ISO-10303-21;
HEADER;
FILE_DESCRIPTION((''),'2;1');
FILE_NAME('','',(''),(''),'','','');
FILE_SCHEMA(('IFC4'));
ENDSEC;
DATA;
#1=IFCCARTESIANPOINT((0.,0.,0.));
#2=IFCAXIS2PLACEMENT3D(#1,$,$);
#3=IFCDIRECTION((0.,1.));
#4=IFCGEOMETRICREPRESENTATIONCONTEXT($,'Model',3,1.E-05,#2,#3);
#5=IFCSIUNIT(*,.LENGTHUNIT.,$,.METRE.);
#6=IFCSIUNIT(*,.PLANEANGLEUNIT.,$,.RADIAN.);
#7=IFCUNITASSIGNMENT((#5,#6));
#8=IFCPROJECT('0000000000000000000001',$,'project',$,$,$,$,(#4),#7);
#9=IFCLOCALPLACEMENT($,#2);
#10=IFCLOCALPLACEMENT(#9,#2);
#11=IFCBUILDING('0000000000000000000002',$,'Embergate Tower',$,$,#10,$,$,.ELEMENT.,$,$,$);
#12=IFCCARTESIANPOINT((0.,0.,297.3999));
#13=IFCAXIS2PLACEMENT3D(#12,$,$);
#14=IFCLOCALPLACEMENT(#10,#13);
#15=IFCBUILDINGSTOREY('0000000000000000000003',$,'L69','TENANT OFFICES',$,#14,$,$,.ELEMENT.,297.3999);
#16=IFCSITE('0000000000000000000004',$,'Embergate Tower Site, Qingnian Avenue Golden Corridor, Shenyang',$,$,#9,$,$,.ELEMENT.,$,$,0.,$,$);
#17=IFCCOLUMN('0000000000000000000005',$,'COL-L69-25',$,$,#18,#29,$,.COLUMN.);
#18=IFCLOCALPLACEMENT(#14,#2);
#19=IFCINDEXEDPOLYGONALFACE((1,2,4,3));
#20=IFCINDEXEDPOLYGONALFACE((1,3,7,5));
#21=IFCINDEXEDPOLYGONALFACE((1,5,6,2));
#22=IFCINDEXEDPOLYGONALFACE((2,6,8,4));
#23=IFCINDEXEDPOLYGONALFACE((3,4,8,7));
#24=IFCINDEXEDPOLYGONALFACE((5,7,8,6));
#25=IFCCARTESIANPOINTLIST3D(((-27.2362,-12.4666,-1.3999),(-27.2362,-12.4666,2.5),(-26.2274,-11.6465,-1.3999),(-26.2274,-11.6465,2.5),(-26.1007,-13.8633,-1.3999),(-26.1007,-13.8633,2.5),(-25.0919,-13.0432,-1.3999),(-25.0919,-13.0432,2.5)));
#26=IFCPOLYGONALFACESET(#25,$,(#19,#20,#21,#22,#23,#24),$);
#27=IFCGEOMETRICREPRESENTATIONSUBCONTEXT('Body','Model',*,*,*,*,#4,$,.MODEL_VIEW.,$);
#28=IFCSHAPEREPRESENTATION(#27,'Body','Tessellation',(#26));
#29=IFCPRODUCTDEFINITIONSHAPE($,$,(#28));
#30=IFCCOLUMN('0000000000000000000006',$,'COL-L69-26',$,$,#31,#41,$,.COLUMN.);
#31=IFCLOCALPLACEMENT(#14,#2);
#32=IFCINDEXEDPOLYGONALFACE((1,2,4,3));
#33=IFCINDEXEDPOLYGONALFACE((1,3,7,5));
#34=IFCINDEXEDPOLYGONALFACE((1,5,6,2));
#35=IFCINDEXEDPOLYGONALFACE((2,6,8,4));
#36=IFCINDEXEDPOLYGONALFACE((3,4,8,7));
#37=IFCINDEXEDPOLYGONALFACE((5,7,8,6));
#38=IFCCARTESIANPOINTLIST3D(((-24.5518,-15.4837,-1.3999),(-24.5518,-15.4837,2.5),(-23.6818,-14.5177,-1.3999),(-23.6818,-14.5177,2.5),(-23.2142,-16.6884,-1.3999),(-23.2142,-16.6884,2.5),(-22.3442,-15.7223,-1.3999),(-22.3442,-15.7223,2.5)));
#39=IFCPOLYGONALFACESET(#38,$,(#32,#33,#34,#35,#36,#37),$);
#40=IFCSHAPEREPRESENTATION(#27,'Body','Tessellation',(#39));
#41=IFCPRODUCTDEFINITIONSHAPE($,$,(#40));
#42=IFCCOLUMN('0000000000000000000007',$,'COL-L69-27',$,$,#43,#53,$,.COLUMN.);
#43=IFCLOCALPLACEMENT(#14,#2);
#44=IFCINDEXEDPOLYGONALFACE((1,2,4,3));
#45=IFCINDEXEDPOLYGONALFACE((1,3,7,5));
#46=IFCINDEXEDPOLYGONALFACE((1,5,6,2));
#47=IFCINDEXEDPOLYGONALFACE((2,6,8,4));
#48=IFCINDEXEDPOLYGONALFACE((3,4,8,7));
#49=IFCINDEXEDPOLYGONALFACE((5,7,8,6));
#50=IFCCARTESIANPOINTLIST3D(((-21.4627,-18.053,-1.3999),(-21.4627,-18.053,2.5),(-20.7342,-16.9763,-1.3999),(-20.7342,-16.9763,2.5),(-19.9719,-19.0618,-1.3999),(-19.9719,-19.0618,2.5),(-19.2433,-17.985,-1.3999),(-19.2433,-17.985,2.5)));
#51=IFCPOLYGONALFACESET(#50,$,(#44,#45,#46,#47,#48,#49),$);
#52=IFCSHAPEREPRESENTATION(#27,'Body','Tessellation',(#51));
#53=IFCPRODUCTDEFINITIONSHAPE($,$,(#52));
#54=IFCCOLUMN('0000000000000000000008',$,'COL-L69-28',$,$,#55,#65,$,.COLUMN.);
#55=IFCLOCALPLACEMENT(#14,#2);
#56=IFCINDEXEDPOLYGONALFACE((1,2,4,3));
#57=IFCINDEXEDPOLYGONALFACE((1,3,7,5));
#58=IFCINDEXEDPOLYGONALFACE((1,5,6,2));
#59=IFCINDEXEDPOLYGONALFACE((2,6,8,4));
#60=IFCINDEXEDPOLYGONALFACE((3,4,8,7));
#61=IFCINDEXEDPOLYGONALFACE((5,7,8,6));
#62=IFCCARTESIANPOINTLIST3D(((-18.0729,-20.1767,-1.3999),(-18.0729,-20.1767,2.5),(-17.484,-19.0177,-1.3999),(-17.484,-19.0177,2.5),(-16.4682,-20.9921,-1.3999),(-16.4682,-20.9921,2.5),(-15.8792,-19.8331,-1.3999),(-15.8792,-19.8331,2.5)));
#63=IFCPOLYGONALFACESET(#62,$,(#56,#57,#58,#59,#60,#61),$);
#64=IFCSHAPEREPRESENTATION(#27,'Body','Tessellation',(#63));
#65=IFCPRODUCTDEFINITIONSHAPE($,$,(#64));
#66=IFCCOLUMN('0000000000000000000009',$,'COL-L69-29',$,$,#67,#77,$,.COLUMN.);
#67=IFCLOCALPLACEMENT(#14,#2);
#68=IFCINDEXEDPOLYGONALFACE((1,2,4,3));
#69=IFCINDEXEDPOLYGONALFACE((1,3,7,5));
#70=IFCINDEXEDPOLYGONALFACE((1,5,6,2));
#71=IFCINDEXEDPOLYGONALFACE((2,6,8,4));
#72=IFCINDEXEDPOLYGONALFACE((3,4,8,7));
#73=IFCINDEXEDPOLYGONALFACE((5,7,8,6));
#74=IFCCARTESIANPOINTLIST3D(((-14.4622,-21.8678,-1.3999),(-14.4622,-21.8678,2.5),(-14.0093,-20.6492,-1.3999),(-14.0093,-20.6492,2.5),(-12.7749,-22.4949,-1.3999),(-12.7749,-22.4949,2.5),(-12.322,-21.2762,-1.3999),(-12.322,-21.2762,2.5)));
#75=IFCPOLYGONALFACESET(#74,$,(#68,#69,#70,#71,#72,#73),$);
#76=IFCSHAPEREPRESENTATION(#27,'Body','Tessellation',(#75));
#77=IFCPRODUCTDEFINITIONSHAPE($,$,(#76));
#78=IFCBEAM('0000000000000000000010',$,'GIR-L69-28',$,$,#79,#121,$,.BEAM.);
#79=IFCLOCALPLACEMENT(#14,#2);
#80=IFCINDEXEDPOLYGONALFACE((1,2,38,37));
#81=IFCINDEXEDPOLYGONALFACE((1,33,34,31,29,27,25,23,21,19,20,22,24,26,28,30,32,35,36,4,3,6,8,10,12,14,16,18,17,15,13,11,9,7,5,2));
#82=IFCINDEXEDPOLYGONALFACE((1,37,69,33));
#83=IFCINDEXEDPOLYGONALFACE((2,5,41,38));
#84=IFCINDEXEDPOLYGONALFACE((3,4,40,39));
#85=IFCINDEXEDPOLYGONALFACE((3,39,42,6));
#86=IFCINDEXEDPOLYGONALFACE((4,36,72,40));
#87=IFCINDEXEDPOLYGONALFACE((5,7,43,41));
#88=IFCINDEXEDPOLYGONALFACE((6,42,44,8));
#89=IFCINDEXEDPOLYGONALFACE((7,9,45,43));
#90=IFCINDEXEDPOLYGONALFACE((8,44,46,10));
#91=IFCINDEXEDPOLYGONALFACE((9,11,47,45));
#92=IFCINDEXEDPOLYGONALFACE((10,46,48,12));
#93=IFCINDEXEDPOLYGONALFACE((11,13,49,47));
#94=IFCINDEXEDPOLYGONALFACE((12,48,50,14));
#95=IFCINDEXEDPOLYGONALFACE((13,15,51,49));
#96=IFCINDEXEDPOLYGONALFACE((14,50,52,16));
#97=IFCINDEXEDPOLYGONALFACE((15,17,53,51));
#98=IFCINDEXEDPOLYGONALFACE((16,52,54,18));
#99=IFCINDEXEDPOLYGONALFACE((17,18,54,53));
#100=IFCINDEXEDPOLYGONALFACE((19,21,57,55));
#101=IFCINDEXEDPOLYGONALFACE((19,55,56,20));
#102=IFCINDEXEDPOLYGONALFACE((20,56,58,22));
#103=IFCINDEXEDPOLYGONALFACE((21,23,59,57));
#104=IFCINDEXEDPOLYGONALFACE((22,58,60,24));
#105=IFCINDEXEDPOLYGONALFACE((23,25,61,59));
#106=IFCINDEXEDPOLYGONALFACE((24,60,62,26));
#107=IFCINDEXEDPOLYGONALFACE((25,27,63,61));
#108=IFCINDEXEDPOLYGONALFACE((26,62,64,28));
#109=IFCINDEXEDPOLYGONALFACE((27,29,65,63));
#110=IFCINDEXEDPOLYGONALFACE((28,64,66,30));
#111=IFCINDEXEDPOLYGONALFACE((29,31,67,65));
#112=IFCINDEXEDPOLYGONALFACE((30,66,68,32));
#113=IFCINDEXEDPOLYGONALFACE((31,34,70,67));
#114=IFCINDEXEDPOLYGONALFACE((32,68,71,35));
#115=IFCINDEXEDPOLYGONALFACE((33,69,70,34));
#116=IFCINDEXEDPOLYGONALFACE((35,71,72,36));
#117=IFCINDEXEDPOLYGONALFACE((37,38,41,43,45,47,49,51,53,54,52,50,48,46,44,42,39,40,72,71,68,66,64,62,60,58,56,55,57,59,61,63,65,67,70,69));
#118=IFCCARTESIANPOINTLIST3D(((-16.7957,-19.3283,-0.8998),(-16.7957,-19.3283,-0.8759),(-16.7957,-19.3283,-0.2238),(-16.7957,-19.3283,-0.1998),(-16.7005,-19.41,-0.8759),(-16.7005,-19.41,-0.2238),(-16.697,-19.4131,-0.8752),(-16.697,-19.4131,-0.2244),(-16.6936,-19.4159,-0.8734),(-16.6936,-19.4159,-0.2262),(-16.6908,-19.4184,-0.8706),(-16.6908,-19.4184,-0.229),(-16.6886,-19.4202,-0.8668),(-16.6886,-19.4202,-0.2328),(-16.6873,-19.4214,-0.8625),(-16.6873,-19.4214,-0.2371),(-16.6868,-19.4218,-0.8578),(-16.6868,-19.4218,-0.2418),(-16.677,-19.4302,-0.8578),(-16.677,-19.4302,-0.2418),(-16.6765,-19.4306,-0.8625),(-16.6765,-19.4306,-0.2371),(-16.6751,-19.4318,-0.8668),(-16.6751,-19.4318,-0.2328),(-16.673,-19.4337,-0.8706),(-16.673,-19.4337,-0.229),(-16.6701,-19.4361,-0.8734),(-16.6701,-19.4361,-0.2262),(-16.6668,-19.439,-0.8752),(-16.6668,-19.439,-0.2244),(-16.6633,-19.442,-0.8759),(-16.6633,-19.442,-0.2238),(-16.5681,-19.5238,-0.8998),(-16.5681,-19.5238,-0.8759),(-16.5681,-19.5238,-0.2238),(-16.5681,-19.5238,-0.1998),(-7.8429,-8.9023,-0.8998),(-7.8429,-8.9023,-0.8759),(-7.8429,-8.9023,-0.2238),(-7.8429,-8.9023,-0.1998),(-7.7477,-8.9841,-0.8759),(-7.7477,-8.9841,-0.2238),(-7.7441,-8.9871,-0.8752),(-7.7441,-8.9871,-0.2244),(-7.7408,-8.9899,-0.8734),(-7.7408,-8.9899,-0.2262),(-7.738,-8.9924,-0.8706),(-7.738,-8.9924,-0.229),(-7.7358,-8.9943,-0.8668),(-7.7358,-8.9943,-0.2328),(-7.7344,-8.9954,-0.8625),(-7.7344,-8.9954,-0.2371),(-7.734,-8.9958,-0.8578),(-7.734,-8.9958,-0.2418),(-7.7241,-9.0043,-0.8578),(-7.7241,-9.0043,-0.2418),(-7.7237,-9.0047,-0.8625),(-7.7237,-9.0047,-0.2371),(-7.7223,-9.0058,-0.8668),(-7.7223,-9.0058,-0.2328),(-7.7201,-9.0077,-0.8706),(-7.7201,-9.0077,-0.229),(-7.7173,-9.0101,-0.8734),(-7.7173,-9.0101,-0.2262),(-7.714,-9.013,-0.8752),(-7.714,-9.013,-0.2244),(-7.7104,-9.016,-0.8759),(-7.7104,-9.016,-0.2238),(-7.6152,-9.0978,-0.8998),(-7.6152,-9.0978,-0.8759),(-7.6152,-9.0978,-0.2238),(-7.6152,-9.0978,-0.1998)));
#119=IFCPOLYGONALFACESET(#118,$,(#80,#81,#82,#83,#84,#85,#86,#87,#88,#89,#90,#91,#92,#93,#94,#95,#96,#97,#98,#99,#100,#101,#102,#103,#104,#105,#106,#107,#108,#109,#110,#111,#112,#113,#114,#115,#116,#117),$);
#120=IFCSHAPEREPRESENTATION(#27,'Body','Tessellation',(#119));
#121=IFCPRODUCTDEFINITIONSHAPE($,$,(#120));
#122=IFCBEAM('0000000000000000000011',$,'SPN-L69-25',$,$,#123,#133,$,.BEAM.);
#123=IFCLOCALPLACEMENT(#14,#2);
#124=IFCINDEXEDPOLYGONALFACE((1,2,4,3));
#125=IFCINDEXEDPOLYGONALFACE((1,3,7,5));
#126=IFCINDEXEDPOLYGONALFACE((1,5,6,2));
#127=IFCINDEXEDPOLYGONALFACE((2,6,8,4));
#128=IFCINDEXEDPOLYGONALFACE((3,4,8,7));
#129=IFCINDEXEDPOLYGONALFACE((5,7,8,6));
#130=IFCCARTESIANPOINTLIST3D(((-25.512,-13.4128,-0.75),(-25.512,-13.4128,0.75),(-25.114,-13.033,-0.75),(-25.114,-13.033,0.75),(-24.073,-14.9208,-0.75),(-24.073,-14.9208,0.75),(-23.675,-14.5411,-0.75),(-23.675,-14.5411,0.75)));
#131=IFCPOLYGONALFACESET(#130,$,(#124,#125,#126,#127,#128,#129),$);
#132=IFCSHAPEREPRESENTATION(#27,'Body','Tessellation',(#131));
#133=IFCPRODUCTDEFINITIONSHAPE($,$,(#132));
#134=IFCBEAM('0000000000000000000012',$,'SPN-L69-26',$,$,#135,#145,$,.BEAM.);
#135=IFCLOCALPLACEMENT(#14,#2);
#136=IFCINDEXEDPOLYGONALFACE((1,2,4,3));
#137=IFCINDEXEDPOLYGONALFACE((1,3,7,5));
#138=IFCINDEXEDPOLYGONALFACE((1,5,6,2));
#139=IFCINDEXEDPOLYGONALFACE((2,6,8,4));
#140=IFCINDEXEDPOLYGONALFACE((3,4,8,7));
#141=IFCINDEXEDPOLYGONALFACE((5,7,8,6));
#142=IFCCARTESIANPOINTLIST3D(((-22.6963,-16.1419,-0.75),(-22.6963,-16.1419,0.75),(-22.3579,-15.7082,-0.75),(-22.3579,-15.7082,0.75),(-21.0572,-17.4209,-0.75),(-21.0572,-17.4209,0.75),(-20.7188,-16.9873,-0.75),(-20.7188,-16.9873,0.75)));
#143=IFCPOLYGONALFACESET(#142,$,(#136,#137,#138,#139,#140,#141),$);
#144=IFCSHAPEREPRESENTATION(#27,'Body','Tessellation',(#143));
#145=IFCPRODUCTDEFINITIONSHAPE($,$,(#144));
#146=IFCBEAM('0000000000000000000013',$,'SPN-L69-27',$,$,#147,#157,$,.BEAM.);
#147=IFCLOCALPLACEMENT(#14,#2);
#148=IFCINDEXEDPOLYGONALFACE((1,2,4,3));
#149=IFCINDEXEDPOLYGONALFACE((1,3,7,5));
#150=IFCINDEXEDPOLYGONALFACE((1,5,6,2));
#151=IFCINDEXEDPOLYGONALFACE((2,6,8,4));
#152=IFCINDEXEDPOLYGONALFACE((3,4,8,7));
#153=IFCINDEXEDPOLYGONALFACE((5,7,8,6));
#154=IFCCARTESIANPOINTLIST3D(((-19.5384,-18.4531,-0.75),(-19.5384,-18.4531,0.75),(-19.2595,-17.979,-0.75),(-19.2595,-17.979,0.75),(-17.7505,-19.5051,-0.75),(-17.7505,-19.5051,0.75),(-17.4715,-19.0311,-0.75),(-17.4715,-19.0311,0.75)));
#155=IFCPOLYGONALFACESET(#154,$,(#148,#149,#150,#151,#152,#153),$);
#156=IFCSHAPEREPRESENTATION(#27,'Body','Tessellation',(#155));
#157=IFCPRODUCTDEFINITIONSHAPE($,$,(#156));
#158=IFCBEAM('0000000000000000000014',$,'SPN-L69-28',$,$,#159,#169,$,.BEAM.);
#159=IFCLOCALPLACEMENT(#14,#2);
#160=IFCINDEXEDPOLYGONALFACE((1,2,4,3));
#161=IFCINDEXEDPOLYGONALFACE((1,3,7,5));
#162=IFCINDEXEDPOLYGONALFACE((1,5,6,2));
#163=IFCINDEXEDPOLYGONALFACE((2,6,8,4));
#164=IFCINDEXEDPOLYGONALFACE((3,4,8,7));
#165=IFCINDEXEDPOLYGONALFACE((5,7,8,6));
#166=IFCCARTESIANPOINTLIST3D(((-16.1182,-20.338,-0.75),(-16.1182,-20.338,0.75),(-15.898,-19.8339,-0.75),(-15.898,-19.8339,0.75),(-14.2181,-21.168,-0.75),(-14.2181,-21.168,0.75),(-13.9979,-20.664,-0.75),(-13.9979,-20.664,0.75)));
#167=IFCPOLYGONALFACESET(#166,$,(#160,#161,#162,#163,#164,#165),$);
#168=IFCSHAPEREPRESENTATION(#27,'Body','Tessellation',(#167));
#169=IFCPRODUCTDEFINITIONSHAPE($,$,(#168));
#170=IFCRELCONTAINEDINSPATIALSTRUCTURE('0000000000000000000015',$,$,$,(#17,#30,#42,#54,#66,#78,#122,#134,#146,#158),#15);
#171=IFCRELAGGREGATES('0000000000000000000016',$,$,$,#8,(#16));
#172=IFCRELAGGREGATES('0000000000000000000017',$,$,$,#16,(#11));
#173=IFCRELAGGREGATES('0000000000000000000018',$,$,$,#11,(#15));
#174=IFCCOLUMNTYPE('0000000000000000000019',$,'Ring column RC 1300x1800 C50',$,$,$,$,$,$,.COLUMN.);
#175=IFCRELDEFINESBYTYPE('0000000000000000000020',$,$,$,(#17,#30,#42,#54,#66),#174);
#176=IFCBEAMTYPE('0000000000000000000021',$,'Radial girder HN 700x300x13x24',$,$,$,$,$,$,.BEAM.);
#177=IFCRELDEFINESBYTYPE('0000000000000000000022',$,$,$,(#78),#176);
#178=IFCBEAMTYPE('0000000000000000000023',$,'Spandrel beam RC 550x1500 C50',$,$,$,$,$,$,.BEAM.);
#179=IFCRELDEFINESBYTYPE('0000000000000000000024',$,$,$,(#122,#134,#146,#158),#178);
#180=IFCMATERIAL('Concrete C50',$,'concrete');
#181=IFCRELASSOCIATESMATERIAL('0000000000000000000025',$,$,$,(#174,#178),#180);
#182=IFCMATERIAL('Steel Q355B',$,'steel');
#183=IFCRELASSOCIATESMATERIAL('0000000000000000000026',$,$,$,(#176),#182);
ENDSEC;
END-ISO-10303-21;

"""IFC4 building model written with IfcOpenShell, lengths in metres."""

from ifc_helpers import new_model, si_unit, direction, frame, origin, origin_2d, place, context, subcontext, project, spatial, rectangle, i_section, extrude, source, transform, mapped, material, material_profile, profile_set, type_object, element, save


model = new_model("IFC4")

# Units and contexts
model_context = context("Model", 3, precision=1e-05, world=origin(), true_north=direction((0.0, 1.0)))
body_context = subcontext(model_context, "Body", "Model", "MODEL_VIEW")
ifc_project = project(units=[si_unit("LENGTHUNIT", "METRE"), si_unit("PLANEANGLEUNIT", "RADIAN")], contexts=[model_context])

# Site, building, storey
site_placement = place(None, origin())
site = spatial("IfcSite", under=ifc_project, at=site_placement, Name="Embergate Tower Site, Qingnian Avenue Golden Corridor, Shenyang", CompositionType="ELEMENT", RefElevation=0.0)
building_placement = place(site_placement, origin())
building = spatial("IfcBuilding", under=site, at=building_placement, Name="Embergate Tower", CompositionType="ELEMENT")
storey_placement = place(building_placement, frame((0.0, 0.0, 297.3999)))
storey = spatial("IfcBuildingStorey", under=building, at=storey_placement, Name="L69", Description="TENANT OFFICES", CompositionType="ELEMENT", Elevation=297.3999)

# Columns
ifc_material_1 = material(Name="Concrete C50", Category="concrete")
ifc_material_profile_1 = material_profile(ifc_material_1, rectangle(XDim=1.3, YDim=1.8, at=origin_2d()), Name="RC 1300x1800")
ifc_profile_set_1 = profile_set([ifc_material_profile_1], Name="Concrete C50")
column_type = type_object("IfcColumnType", Name="Ring column RC 1300x1800 C50", PredefinedType="COLUMN", material=ifc_profile_set_1)
shared_shape_1 = source(origin(), body_context, "Body", "SweptSolid", [
    extrude(rectangle(XDim=1.3, YDim=1.8, at=origin_2d()), origin(), (0.0, 0.0, 1.0), 3.8999),
])
for number, where, z_axis, x_axis, name in (
    (1, (-26.1641, -12.7549, -1.3999), (0.0, 0.0, 1.0), (-0.775925, -0.630825, 0.0), "COL-L69-25"),
    (2, (-23.448, -15.603, -1.3999), (0.0, 0.0, 1.0), (-0.669221, -0.743063, 0.0), "COL-L69-26"),
    (3, (-20.353, -18.019, -1.3999), (0.0, 0.0, 1.0), (-0.560393, -0.828227, 0.0), "COL-L69-27"),
    (4, (-16.9761, -20.0049, -1.3999), (0.0, 0.0, 1.0), (-0.453011, -0.891505, 0.0), "COL-L69-28"),
    (5, (-13.3921, -21.572, -1.3999), (0.0, 0.0, 1.0), (-0.348343, -0.937367, 0.0), "COL-L69-29"),
):
    element("IfcColumn", number, at=place(storey_placement, frame(where, z_axis=z_axis, x_axis=x_axis)), inside=storey, type_object=column_type, Name=name, PredefinedType="COLUMN", context=body_context, shape_type="MappedRepresentation", body=[
        mapped(shared_shape_1, transform((0.0, 0.0, 0.0))),
    ])

# Beams
ifc_material_2 = material(Name="Steel Q355B", Category="steel")
ifc_material_profile_2 = material_profile(ifc_material_2, i_section(OverallWidth=0.3, OverallDepth=0.7, WebThickness=0.0129, FlangeThickness=0.0239, FilletRadius=0.0181, at=origin_2d()), Name="HN 700x300x13x24")
ifc_profile_set_2 = profile_set([ifc_material_profile_2], Name="Steel Q355 grade B")
beam_type_1 = type_object("IfcBeamType", Name="Radial girder HN 700x300x13x24", PredefinedType="BEAM", material=ifc_profile_set_2)
shared_shape_2 = source(origin(), body_context, "Body", "SweptSolid", [
    extrude(i_section(OverallWidth=0.3, OverallDepth=0.7, WebThickness=0.0129, FlangeThickness=0.0239, FilletRadius=0.0181, at=origin_2d()), origin(), (0.0, 0.0, 1.0), 13.7424),
])
beam_1_placement = place(storey_placement, frame((-16.6819, -19.426, -0.5498), z_axis=(0.651474, 0.758671, 0.0), x_axis=(-0.758671, 0.651474, 0.0)))
element("IfcBeam", 6, at=beam_1_placement, inside=storey, type_object=beam_type_1, Name="GIR-L69-28", PredefinedType="BEAM", context=body_context, shape_type="MappedRepresentation", body=[
    mapped(shared_shape_2, transform((0.0, 0.0, 0.0))),
])
ifc_material_profile_3 = material_profile(ifc_material_1, rectangle(XDim=0.55, YDim=1.5, at=origin_2d()), Name="RC 550x1500")
ifc_profile_set_3 = profile_set([ifc_material_profile_3], Name="Concrete C50")
beam_type_2 = type_object("IfcBeamType", Name="Spandrel beam RC 550x1500 C50", PredefinedType="BEAM", material=ifc_profile_set_3)
shared_shape_3 = source(origin(), body_context, "Body", "SweptSolid", [
    extrude(rectangle(XDim=0.55, YDim=1.5, at=origin_2d()), origin(), (0.0, 0.0, 1.0), 2.0845),
])
beam_2_placement = place(storey_placement, frame((-25.313, -13.2229, 0.0), z_axis=(0.690339, -0.723486, 0.0), x_axis=(0.723486, 0.690339, 0.0)))
element("IfcBeam", 7, at=beam_2_placement, inside=storey, type_object=beam_type_2, Name="SPN-L69-25", PredefinedType="BEAM", context=body_context, shape_type="MappedRepresentation", body=[
    mapped(shared_shape_3, transform((0.0, 0.0, 0.0))),
])
shared_shape_4 = source(origin(), body_context, "Body", "SweptSolid", [
    extrude(rectangle(XDim=0.55, YDim=1.5, at=origin_2d()), origin(), (0.0, 0.0, 1.0), 2.0791),
])
beam_3_placement = place(storey_placement, frame((-22.5271, -15.925, 0.0), z_axis=(0.788384, -0.615184, 0.0), x_axis=(0.615184, 0.788384, 0.0)))
element("IfcBeam", 8, at=beam_3_placement, inside=storey, type_object=beam_type_2, Name="SPN-L69-26", PredefinedType="BEAM", context=body_context, shape_type="MappedRepresentation", body=[
    mapped(shared_shape_4, transform((0.0, 0.0, 0.0))),
])
shared_shape_5 = source(origin(), body_context, "Body", "SweptSolid", [
    extrude(rectangle(XDim=0.55, YDim=1.5, at=origin_2d()), origin(), (0.0, 0.0, 1.0), 2.0745),
])
beam_4_placement = place(storey_placement, frame((-19.3989, -18.2161, 0.0), z_axis=(0.861865, -0.507138, 0.0), x_axis=(0.507138, 0.861865, 0.0)))
element("IfcBeam", 9, at=beam_4_placement, inside=storey, type_object=beam_type_2, Name="SPN-L69-27", PredefinedType="BEAM", context=body_context, shape_type="MappedRepresentation", body=[
    mapped(shared_shape_5, transform((0.0, 0.0, 0.0))),
])
shared_shape_6 = source(origin(), body_context, "Body", "SweptSolid", [
    extrude(rectangle(XDim=0.55, YDim=1.5, at=origin_2d()), origin(), (0.0, 0.0, 1.0), 2.0735),
])
beam_5_placement = place(storey_placement, frame((-16.0081, -20.0859, 0.0), z_axis=(0.916376, -0.400318, 0.0), x_axis=(0.400318, 0.916376, 0.0)))
element("IfcBeam", 10, at=beam_5_placement, inside=storey, type_object=beam_type_2, Name="SPN-L69-28", PredefinedType="BEAM", context=body_context, shape_type="MappedRepresentation", body=[
    mapped(shared_shape_6, transform((0.0, 0.0, 0.0))),
])

save(model, "model.ifc")
